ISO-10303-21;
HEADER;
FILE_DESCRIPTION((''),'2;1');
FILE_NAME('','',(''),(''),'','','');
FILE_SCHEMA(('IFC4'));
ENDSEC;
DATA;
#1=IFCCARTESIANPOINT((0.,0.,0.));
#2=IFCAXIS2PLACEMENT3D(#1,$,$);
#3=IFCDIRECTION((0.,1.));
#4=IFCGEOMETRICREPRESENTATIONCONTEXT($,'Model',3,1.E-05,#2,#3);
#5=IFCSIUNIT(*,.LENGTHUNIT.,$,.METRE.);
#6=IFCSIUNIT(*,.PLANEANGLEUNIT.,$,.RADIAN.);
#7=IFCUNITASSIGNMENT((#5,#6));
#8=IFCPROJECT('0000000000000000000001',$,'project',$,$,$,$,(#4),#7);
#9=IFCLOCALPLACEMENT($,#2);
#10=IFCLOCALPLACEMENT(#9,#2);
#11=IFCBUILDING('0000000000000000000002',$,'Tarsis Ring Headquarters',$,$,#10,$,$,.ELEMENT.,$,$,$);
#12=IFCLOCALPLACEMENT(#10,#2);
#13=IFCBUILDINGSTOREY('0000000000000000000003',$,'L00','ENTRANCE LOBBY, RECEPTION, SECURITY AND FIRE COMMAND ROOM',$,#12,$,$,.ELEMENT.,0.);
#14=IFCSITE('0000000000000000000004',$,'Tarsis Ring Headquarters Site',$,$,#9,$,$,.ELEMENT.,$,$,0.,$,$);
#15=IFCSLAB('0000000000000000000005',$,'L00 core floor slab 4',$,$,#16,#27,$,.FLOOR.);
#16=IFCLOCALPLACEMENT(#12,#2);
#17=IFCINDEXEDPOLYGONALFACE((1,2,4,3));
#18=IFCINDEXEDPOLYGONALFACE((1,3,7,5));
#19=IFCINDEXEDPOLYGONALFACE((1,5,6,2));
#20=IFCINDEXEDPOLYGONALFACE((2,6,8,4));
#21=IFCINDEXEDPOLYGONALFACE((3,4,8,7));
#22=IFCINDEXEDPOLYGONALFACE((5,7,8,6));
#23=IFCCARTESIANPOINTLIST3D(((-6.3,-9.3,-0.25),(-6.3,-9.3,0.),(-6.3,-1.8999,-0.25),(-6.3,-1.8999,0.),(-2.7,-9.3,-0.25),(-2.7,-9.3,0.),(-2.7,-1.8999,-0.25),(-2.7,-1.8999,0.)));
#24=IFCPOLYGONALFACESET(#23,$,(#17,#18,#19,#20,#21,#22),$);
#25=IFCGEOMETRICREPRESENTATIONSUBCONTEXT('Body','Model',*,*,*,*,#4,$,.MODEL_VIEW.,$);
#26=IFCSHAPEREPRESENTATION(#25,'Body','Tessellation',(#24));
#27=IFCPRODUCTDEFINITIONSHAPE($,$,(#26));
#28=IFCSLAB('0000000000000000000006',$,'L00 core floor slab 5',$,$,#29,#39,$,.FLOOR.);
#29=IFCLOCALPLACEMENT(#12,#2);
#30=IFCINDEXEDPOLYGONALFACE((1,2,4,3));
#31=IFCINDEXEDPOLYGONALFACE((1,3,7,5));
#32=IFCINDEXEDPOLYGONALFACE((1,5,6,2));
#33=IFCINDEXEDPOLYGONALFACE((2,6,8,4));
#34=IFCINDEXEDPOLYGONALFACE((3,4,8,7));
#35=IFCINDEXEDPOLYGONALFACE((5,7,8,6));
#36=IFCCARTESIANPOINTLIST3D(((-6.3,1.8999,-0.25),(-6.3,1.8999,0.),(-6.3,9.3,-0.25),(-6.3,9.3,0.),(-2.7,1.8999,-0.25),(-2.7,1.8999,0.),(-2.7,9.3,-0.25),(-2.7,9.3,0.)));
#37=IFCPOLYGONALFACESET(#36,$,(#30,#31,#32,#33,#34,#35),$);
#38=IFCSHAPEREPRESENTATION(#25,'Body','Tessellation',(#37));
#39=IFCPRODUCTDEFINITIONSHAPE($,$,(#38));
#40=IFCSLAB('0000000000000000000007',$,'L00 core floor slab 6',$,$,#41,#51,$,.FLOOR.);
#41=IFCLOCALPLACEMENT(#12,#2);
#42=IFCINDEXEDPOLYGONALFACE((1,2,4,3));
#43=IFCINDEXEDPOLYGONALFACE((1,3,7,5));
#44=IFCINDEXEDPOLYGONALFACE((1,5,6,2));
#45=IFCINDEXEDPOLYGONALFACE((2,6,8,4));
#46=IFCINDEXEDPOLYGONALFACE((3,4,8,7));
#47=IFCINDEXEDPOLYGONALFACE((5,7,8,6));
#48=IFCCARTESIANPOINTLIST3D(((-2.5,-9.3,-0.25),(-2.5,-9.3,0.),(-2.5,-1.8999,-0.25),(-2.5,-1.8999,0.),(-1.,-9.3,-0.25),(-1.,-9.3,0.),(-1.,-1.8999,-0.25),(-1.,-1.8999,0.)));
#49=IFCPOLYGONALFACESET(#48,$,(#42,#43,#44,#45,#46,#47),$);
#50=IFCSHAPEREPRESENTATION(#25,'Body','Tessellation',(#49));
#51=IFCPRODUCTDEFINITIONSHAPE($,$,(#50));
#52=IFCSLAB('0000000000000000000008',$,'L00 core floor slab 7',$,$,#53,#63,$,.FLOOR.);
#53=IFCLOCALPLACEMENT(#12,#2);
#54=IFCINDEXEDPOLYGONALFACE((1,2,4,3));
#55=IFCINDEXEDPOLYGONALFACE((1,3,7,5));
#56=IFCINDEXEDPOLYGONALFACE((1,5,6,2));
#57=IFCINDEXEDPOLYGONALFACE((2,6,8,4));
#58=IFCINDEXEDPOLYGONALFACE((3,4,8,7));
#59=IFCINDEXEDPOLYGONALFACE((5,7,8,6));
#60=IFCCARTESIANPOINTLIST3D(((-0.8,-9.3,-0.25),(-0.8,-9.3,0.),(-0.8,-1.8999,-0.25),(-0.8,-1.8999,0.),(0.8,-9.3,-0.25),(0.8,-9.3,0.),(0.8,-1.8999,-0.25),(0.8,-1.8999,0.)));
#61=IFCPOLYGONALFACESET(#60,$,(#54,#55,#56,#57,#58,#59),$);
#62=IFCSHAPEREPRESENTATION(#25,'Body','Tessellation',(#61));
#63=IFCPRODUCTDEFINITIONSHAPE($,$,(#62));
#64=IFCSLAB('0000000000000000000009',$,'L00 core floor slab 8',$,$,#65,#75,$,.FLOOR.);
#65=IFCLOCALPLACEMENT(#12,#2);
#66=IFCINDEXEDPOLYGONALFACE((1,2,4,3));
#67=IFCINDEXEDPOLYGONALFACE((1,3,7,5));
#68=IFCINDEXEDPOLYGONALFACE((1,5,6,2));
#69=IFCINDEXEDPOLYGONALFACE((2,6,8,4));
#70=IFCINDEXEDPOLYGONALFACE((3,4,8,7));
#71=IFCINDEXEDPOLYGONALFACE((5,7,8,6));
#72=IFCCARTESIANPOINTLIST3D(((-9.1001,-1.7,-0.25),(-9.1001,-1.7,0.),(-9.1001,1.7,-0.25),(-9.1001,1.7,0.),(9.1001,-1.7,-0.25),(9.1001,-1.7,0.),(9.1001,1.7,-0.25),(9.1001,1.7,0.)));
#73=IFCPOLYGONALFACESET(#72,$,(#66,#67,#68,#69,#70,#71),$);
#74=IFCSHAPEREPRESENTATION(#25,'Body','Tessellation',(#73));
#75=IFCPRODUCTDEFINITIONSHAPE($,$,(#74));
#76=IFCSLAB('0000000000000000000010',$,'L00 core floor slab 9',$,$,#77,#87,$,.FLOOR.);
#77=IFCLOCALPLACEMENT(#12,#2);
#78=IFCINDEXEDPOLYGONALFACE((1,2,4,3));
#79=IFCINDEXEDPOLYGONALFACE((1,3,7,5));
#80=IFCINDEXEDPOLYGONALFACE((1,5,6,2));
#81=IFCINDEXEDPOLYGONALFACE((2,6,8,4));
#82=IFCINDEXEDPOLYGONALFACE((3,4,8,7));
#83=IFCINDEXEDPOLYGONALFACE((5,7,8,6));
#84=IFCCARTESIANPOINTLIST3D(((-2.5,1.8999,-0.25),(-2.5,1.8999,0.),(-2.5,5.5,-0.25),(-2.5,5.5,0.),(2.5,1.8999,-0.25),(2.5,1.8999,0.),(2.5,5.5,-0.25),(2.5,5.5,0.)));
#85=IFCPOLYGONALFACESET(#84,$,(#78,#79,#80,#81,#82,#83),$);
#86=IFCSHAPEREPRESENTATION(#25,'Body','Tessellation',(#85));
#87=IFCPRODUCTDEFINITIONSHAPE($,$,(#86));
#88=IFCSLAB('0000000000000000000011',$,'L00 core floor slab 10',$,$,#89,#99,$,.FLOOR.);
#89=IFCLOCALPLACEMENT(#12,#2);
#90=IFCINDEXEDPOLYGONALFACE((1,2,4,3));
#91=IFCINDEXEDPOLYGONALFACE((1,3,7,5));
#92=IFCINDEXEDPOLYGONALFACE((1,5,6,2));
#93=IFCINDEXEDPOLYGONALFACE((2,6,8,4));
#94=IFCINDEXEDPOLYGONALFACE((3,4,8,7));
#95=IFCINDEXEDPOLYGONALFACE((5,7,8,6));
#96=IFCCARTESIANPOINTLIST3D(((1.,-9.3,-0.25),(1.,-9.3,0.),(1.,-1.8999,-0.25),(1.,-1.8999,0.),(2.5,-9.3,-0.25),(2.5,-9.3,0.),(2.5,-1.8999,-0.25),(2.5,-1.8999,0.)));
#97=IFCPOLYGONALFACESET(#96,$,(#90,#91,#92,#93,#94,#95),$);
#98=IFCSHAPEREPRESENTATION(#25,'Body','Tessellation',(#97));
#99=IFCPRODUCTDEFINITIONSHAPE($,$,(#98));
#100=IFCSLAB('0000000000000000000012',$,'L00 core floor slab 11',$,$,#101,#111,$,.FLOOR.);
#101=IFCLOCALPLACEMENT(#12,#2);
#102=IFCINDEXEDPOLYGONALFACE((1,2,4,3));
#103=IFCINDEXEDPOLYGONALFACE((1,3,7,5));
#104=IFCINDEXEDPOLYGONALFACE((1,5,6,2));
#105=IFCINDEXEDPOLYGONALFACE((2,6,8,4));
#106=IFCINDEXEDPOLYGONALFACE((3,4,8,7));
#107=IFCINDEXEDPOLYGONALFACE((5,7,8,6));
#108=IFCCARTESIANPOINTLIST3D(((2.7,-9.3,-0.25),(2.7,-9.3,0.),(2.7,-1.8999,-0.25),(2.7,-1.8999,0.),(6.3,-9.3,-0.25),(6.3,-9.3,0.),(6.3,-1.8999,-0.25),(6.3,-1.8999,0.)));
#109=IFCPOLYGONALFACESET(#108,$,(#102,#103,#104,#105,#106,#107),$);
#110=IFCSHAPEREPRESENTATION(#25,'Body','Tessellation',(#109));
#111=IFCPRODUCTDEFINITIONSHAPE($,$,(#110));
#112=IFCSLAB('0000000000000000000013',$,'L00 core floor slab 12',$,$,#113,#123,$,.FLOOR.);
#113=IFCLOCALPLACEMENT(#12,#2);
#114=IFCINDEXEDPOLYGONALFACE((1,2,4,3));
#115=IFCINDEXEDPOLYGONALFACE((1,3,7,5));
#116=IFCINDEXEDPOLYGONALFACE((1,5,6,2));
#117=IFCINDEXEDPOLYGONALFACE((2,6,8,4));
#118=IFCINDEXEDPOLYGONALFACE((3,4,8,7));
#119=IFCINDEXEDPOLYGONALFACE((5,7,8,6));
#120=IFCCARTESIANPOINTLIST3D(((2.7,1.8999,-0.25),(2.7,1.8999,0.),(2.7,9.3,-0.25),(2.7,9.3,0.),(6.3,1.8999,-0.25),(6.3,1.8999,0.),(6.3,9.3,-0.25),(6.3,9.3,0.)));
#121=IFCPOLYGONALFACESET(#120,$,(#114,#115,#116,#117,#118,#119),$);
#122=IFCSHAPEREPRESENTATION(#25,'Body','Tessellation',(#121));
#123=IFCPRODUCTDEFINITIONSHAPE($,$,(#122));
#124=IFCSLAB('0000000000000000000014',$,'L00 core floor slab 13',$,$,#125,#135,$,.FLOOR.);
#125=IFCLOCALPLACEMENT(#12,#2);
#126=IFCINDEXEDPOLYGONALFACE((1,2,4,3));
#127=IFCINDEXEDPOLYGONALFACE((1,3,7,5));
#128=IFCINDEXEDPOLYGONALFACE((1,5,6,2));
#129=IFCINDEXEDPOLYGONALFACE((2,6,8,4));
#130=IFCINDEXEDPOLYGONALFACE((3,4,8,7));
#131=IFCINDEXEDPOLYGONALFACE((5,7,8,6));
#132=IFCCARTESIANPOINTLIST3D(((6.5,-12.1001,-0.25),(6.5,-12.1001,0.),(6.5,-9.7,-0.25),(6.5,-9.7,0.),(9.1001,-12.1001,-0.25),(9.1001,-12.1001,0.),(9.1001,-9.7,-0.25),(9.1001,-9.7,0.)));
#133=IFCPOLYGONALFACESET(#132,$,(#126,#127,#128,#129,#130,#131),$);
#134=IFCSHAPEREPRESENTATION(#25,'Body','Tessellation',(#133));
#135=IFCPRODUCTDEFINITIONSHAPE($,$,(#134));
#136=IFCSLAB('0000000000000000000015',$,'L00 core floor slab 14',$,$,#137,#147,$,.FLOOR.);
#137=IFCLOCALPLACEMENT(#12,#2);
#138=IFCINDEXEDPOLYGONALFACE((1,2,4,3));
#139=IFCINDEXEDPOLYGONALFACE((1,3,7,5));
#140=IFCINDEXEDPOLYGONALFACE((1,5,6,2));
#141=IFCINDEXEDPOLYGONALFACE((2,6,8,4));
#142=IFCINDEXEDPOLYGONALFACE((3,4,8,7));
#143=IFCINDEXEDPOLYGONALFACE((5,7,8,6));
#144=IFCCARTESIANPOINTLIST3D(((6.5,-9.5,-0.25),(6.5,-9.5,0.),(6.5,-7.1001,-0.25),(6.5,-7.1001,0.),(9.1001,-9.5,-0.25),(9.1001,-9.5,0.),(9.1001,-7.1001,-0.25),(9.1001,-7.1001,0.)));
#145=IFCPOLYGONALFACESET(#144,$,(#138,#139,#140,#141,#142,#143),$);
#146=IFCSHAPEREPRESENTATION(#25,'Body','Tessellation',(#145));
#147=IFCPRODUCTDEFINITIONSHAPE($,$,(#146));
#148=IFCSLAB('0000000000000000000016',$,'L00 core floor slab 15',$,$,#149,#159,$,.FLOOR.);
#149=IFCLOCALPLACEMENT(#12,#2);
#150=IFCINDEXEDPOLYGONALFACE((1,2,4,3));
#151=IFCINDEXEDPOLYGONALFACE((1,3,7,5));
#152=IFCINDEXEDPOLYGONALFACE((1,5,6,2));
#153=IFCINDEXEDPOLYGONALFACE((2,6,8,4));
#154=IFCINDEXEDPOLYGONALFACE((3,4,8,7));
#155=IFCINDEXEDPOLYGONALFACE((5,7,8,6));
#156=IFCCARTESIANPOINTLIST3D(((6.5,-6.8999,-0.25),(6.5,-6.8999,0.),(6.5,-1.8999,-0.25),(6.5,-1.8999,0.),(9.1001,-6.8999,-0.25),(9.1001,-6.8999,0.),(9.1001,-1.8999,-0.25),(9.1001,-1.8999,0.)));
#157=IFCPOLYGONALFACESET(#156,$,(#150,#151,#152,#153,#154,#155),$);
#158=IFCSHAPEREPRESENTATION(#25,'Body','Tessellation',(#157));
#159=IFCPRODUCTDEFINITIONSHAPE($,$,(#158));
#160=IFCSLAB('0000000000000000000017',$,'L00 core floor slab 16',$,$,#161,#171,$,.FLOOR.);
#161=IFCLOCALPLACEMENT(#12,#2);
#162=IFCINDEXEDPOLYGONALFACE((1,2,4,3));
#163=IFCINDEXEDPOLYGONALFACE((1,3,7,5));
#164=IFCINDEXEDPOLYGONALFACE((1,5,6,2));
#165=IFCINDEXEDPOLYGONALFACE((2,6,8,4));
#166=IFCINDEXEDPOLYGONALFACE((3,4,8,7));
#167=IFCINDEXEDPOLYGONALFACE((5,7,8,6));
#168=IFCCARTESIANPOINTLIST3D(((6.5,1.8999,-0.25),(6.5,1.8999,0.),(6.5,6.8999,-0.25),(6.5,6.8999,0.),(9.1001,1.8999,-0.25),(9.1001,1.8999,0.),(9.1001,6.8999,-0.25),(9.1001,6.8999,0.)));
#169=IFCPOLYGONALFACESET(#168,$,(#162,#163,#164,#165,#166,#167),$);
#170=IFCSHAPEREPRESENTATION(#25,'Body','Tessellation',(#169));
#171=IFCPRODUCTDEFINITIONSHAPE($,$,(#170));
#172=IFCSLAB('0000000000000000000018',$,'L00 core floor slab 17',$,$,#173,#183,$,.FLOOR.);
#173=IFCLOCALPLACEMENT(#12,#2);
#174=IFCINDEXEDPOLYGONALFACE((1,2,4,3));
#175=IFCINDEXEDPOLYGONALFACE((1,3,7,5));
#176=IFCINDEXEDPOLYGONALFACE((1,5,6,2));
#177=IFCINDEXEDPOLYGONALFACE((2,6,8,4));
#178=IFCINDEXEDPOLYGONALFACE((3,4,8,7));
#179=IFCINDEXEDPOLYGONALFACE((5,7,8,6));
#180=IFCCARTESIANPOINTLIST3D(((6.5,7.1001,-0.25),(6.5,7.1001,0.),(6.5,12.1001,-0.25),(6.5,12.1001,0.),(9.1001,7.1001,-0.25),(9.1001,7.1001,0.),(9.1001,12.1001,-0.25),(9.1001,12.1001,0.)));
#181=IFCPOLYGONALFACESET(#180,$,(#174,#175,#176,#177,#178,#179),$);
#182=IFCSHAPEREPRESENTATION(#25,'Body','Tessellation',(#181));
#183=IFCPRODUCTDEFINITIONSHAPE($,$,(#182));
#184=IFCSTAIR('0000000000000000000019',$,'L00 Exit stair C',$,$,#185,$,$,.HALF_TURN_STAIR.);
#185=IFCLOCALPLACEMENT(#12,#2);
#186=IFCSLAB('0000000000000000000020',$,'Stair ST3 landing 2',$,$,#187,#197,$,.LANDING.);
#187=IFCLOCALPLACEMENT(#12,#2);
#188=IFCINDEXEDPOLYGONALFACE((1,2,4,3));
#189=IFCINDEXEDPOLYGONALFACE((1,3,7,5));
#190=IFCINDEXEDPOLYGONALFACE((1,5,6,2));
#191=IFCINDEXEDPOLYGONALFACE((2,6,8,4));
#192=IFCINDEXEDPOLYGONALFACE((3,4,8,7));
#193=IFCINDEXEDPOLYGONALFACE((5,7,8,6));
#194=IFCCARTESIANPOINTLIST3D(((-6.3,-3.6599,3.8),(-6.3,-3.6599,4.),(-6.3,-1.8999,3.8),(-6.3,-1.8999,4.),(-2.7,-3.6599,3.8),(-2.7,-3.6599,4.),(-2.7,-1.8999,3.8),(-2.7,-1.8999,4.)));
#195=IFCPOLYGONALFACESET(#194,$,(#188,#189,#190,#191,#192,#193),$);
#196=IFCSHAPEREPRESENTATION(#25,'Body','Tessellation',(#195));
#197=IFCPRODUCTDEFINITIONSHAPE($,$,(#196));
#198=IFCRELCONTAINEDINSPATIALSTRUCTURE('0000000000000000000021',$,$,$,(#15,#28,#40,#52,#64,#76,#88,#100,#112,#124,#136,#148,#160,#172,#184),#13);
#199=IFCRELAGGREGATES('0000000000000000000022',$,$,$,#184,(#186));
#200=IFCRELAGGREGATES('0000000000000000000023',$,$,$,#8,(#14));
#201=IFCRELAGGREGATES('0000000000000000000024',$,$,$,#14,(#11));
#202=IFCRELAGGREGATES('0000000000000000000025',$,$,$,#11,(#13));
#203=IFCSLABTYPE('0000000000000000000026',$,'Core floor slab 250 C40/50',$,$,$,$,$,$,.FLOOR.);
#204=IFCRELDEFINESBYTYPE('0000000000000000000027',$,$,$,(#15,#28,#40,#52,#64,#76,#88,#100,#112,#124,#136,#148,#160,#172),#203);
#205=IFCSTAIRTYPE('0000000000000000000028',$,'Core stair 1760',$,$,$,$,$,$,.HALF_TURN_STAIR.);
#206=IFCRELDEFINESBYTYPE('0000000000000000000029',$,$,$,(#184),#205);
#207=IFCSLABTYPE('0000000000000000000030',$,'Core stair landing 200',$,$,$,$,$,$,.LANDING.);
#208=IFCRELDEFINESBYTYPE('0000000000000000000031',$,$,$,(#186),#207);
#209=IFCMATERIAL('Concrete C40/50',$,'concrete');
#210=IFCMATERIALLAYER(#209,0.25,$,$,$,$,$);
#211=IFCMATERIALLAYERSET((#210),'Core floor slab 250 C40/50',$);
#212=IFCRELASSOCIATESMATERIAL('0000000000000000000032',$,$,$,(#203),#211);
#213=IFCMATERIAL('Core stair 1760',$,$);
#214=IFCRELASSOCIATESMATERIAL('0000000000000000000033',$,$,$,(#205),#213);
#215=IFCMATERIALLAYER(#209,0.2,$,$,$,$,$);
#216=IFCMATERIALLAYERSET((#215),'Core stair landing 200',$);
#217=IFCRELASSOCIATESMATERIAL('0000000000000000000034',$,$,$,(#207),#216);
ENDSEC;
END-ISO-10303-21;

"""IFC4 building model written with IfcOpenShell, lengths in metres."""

from ifc_helpers import new_model, si_unit, direction, frame, origin, place, context, subcontext, project, spatial, polyline, outline, extrude, material, layer, layer_set, type_object, element, aggregate, save


model = new_model("IFC4")

# Units and contexts
model_context = context("Model", 3, precision=1e-05, world=origin(), true_north=direction((0.0, 1.0)))
body_context = subcontext(model_context, "Body", "Model", "MODEL_VIEW")
ifc_project = project(units=[si_unit("LENGTHUNIT", "METRE"), si_unit("PLANEANGLEUNIT", "RADIAN")], contexts=[model_context])

# Site, building, storey
site_placement = place(None, origin())
site = spatial("IfcSite", under=ifc_project, at=site_placement, Name="Tarsis Ring Headquarters Site", CompositionType="ELEMENT", RefElevation=0.0)
building_placement = place(site_placement, origin())
building = spatial("IfcBuilding", under=site, at=building_placement, Name="Tarsis Ring Headquarters", CompositionType="ELEMENT")
storey_placement = place(building_placement, origin())
storey = spatial("IfcBuildingStorey", under=building, at=storey_placement, Name="L00", Description="ENTRANCE LOBBY, RECEPTION, SECURITY AND FIRE COMMAND ROOM", CompositionType="ELEMENT", Elevation=0.0)

# Shared definitions
ifc_material_1 = material(Name="Concrete C40/50", Category="concrete")

# Slabs
ifc_layer_1 = layer(ifc_material_1, 0.25)
ifc_layer_set_1 = layer_set([ifc_layer_1], Name="Core floor slab 250 C40/50")
slab_type_1 = type_object("IfcSlabType", Name="Core floor slab 250 C40/50", PredefinedType="FLOOR", material=ifc_layer_set_1)
slab_1_placement = place(storey_placement, frame((0.0, 0.0, -0.25)))
element("IfcSlab", 1, at=slab_1_placement, inside=storey, type_object=slab_type_1, Name="L00 core floor slab 4", PredefinedType="FLOOR", context=body_context, shape_type="SweptSolid", body=[
    extrude(outline(polyline([(-6.3, -9.3), (-6.3, -1.8999), (-2.7, -1.8999), (-2.7, -9.3), (-6.3, -9.3)])), origin(), (0.0, 0.0, 1.0), 0.25),
])
slab_2_placement = place(storey_placement, frame((0.0, 0.0, -0.25)))
element("IfcSlab", 2, at=slab_2_placement, inside=storey, type_object=slab_type_1, Name="L00 core floor slab 5", PredefinedType="FLOOR", context=body_context, shape_type="SweptSolid", body=[
    extrude(outline(polyline([(-6.3, 9.3), (-2.7, 9.3), (-2.7, 1.8999), (-6.3, 1.8999), (-6.3, 9.3)])), origin(), (0.0, 0.0, 1.0), 0.25),
])
slab_3_placement = place(storey_placement, frame((0.0, 0.0, -0.25)))
element("IfcSlab", 3, at=slab_3_placement, inside=storey, type_object=slab_type_1, Name="L00 core floor slab 6", PredefinedType="FLOOR", context=body_context, shape_type="SweptSolid", body=[
    extrude(outline(polyline([(-1.0, -9.3), (-2.5, -9.3), (-2.5, -1.8999), (-1.0, -1.8999), (-1.0, -9.3)])), origin(), (0.0, 0.0, 1.0), 0.25),
])
slab_4_placement = place(storey_placement, frame((0.0, 0.0, -0.25)))
element("IfcSlab", 4, at=slab_4_placement, inside=storey, type_object=slab_type_1, Name="L00 core floor slab 7", PredefinedType="FLOOR", context=body_context, shape_type="SweptSolid", body=[
    extrude(outline(polyline([(-0.8, -9.3), (-0.8, -1.8999), (0.8, -1.8999), (0.8, -9.3), (-0.8, -9.3)])), origin(), (0.0, 0.0, 1.0), 0.25),
])
slab_5_placement = place(storey_placement, frame((0.0, 0.0, -0.25)))
element("IfcSlab", 5, at=slab_5_placement, inside=storey, type_object=slab_type_1, Name="L00 core floor slab 8", PredefinedType="FLOOR", context=body_context, shape_type="SweptSolid", body=[
    extrude(outline(polyline([(-9.1001, -1.7), (-9.1001, 1.7), (9.1001, 1.7), (9.1001, -1.7), (-9.1001, -1.7)])), origin(), (0.0, 0.0, 1.0), 0.25),
])
slab_6_placement = place(storey_placement, frame((0.0, 0.0, -0.25)))
element("IfcSlab", 6, at=slab_6_placement, inside=storey, type_object=slab_type_1, Name="L00 core floor slab 9", PredefinedType="FLOOR", context=body_context, shape_type="SweptSolid", body=[
    extrude(outline(polyline([(-2.5, 1.8999), (-2.5, 5.5), (2.5, 5.5), (2.5, 1.8999), (-2.5, 1.8999)])), origin(), (0.0, 0.0, 1.0), 0.25),
])
slab_7_placement = place(storey_placement, frame((0.0, 0.0, -0.25)))
element("IfcSlab", 7, at=slab_7_placement, inside=storey, type_object=slab_type_1, Name="L00 core floor slab 10", PredefinedType="FLOOR", context=body_context, shape_type="SweptSolid", body=[
    extrude(outline(polyline([(1.0, -1.8999), (2.5, -1.8999), (2.5, -9.3), (1.0, -9.3), (1.0, -1.8999)])), origin(), (0.0, 0.0, 1.0), 0.25),
])
slab_8_placement = place(storey_placement, frame((0.0, 0.0, -0.25)))
element("IfcSlab", 8, at=slab_8_placement, inside=storey, type_object=slab_type_1, Name="L00 core floor slab 11", PredefinedType="FLOOR", context=body_context, shape_type="SweptSolid", body=[
    extrude(outline(polyline([(6.3, -9.3), (2.7, -9.3), (2.7, -1.8999), (6.3, -1.8999), (6.3, -9.3)])), origin(), (0.0, 0.0, 1.0), 0.25),
])
slab_9_placement = place(storey_placement, frame((0.0, 0.0, -0.25)))
element("IfcSlab", 9, at=slab_9_placement, inside=storey, type_object=slab_type_1, Name="L00 core floor slab 12", PredefinedType="FLOOR", context=body_context, shape_type="SweptSolid", body=[
    extrude(outline(polyline([(6.3, 9.3), (6.3, 1.8999), (2.7, 1.8999), (2.7, 9.3), (6.3, 9.3)])), origin(), (0.0, 0.0, 1.0), 0.25),
])
slab_10_placement = place(storey_placement, frame((0.0, 0.0, -0.25)))
element("IfcSlab", 10, at=slab_10_placement, inside=storey, type_object=slab_type_1, Name="L00 core floor slab 13", PredefinedType="FLOOR", context=body_context, shape_type="SweptSolid", body=[
    extrude(outline(polyline([(9.1001, -9.7), (9.1001, -12.1001), (6.5, -12.1001), (6.5, -9.7), (9.1001, -9.7)])), origin(), (0.0, 0.0, 1.0), 0.25),
])
slab_11_placement = place(storey_placement, frame((0.0, 0.0, -0.25)))
element("IfcSlab", 11, at=slab_11_placement, inside=storey, type_object=slab_type_1, Name="L00 core floor slab 14", PredefinedType="FLOOR", context=body_context, shape_type="SweptSolid", body=[
    extrude(outline(polyline([(9.1001, -7.1001), (9.1001, -9.5), (6.5, -9.5), (6.5, -7.1001), (9.1001, -7.1001)])), origin(), (0.0, 0.0, 1.0), 0.25),
])
slab_12_placement = place(storey_placement, frame((0.0, 0.0, -0.25)))
element("IfcSlab", 12, at=slab_12_placement, inside=storey, type_object=slab_type_1, Name="L00 core floor slab 15", PredefinedType="FLOOR", context=body_context, shape_type="SweptSolid", body=[
    extrude(outline(polyline([(9.1001, -1.8999), (9.1001, -6.8999), (6.5, -6.8999), (6.5, -1.8999), (9.1001, -1.8999)])), origin(), (0.0, 0.0, 1.0), 0.25),
])
slab_13_placement = place(storey_placement, frame((0.0, 0.0, -0.25)))
element("IfcSlab", 13, at=slab_13_placement, inside=storey, type_object=slab_type_1, Name="L00 core floor slab 16", PredefinedType="FLOOR", context=body_context, shape_type="SweptSolid", body=[
    extrude(outline(polyline([(9.1001, 6.8999), (9.1001, 1.8999), (6.5, 1.8999), (6.5, 6.8999), (9.1001, 6.8999)])), origin(), (0.0, 0.0, 1.0), 0.25),
])
slab_14_placement = place(storey_placement, frame((0.0, 0.0, -0.25)))
element("IfcSlab", 14, at=slab_14_placement, inside=storey, type_object=slab_type_1, Name="L00 core floor slab 17", PredefinedType="FLOOR", context=body_context, shape_type="SweptSolid", body=[
    extrude(outline(polyline([(6.5, 12.1001), (9.1001, 12.1001), (9.1001, 7.1001), (6.5, 7.1001), (6.5, 12.1001)])), origin(), (0.0, 0.0, 1.0), 0.25),
])

# Stair, slab
ifc_material_2 = material(Name="Core stair 1760")
stair_type_1 = type_object("IfcStairType", Name="Core stair 1760", PredefinedType="HALF_TURN_STAIR", material=ifc_material_2)
stair_1_placement = place(storey_placement, origin())
stair_1 = element("IfcStair", 15, at=stair_1_placement, inside=storey, type_object=stair_type_1, Name="L00 Exit stair C", PredefinedType="HALF_TURN_STAIR")
ifc_layer_2 = layer(ifc_material_1, 0.2)
ifc_layer_set_2 = layer_set([ifc_layer_2], Name="Core stair landing 200")
slab_type_2 = type_object("IfcSlabType", Name="Core stair landing 200", PredefinedType="LANDING", material=ifc_layer_set_2)
slab_15_placement = place(storey_placement, frame((0.0, 0.0, 3.8)))
slab_15 = element("IfcSlab", 16, at=slab_15_placement, type_object=slab_type_2, Name="Stair ST3 landing 2", PredefinedType="LANDING", context=body_context, shape_type="SweptSolid", body=[
    extrude(outline(polyline([(-6.3, -1.8999), (-6.3, -3.6599), (-2.7, -3.6599), (-2.7, -1.8999), (-6.3, -1.8999)])), origin(), (0.0, 0.0, 1.0), 0.2),
])
aggregate(stair_1, [slab_15])

save(model, "model.ifc")
